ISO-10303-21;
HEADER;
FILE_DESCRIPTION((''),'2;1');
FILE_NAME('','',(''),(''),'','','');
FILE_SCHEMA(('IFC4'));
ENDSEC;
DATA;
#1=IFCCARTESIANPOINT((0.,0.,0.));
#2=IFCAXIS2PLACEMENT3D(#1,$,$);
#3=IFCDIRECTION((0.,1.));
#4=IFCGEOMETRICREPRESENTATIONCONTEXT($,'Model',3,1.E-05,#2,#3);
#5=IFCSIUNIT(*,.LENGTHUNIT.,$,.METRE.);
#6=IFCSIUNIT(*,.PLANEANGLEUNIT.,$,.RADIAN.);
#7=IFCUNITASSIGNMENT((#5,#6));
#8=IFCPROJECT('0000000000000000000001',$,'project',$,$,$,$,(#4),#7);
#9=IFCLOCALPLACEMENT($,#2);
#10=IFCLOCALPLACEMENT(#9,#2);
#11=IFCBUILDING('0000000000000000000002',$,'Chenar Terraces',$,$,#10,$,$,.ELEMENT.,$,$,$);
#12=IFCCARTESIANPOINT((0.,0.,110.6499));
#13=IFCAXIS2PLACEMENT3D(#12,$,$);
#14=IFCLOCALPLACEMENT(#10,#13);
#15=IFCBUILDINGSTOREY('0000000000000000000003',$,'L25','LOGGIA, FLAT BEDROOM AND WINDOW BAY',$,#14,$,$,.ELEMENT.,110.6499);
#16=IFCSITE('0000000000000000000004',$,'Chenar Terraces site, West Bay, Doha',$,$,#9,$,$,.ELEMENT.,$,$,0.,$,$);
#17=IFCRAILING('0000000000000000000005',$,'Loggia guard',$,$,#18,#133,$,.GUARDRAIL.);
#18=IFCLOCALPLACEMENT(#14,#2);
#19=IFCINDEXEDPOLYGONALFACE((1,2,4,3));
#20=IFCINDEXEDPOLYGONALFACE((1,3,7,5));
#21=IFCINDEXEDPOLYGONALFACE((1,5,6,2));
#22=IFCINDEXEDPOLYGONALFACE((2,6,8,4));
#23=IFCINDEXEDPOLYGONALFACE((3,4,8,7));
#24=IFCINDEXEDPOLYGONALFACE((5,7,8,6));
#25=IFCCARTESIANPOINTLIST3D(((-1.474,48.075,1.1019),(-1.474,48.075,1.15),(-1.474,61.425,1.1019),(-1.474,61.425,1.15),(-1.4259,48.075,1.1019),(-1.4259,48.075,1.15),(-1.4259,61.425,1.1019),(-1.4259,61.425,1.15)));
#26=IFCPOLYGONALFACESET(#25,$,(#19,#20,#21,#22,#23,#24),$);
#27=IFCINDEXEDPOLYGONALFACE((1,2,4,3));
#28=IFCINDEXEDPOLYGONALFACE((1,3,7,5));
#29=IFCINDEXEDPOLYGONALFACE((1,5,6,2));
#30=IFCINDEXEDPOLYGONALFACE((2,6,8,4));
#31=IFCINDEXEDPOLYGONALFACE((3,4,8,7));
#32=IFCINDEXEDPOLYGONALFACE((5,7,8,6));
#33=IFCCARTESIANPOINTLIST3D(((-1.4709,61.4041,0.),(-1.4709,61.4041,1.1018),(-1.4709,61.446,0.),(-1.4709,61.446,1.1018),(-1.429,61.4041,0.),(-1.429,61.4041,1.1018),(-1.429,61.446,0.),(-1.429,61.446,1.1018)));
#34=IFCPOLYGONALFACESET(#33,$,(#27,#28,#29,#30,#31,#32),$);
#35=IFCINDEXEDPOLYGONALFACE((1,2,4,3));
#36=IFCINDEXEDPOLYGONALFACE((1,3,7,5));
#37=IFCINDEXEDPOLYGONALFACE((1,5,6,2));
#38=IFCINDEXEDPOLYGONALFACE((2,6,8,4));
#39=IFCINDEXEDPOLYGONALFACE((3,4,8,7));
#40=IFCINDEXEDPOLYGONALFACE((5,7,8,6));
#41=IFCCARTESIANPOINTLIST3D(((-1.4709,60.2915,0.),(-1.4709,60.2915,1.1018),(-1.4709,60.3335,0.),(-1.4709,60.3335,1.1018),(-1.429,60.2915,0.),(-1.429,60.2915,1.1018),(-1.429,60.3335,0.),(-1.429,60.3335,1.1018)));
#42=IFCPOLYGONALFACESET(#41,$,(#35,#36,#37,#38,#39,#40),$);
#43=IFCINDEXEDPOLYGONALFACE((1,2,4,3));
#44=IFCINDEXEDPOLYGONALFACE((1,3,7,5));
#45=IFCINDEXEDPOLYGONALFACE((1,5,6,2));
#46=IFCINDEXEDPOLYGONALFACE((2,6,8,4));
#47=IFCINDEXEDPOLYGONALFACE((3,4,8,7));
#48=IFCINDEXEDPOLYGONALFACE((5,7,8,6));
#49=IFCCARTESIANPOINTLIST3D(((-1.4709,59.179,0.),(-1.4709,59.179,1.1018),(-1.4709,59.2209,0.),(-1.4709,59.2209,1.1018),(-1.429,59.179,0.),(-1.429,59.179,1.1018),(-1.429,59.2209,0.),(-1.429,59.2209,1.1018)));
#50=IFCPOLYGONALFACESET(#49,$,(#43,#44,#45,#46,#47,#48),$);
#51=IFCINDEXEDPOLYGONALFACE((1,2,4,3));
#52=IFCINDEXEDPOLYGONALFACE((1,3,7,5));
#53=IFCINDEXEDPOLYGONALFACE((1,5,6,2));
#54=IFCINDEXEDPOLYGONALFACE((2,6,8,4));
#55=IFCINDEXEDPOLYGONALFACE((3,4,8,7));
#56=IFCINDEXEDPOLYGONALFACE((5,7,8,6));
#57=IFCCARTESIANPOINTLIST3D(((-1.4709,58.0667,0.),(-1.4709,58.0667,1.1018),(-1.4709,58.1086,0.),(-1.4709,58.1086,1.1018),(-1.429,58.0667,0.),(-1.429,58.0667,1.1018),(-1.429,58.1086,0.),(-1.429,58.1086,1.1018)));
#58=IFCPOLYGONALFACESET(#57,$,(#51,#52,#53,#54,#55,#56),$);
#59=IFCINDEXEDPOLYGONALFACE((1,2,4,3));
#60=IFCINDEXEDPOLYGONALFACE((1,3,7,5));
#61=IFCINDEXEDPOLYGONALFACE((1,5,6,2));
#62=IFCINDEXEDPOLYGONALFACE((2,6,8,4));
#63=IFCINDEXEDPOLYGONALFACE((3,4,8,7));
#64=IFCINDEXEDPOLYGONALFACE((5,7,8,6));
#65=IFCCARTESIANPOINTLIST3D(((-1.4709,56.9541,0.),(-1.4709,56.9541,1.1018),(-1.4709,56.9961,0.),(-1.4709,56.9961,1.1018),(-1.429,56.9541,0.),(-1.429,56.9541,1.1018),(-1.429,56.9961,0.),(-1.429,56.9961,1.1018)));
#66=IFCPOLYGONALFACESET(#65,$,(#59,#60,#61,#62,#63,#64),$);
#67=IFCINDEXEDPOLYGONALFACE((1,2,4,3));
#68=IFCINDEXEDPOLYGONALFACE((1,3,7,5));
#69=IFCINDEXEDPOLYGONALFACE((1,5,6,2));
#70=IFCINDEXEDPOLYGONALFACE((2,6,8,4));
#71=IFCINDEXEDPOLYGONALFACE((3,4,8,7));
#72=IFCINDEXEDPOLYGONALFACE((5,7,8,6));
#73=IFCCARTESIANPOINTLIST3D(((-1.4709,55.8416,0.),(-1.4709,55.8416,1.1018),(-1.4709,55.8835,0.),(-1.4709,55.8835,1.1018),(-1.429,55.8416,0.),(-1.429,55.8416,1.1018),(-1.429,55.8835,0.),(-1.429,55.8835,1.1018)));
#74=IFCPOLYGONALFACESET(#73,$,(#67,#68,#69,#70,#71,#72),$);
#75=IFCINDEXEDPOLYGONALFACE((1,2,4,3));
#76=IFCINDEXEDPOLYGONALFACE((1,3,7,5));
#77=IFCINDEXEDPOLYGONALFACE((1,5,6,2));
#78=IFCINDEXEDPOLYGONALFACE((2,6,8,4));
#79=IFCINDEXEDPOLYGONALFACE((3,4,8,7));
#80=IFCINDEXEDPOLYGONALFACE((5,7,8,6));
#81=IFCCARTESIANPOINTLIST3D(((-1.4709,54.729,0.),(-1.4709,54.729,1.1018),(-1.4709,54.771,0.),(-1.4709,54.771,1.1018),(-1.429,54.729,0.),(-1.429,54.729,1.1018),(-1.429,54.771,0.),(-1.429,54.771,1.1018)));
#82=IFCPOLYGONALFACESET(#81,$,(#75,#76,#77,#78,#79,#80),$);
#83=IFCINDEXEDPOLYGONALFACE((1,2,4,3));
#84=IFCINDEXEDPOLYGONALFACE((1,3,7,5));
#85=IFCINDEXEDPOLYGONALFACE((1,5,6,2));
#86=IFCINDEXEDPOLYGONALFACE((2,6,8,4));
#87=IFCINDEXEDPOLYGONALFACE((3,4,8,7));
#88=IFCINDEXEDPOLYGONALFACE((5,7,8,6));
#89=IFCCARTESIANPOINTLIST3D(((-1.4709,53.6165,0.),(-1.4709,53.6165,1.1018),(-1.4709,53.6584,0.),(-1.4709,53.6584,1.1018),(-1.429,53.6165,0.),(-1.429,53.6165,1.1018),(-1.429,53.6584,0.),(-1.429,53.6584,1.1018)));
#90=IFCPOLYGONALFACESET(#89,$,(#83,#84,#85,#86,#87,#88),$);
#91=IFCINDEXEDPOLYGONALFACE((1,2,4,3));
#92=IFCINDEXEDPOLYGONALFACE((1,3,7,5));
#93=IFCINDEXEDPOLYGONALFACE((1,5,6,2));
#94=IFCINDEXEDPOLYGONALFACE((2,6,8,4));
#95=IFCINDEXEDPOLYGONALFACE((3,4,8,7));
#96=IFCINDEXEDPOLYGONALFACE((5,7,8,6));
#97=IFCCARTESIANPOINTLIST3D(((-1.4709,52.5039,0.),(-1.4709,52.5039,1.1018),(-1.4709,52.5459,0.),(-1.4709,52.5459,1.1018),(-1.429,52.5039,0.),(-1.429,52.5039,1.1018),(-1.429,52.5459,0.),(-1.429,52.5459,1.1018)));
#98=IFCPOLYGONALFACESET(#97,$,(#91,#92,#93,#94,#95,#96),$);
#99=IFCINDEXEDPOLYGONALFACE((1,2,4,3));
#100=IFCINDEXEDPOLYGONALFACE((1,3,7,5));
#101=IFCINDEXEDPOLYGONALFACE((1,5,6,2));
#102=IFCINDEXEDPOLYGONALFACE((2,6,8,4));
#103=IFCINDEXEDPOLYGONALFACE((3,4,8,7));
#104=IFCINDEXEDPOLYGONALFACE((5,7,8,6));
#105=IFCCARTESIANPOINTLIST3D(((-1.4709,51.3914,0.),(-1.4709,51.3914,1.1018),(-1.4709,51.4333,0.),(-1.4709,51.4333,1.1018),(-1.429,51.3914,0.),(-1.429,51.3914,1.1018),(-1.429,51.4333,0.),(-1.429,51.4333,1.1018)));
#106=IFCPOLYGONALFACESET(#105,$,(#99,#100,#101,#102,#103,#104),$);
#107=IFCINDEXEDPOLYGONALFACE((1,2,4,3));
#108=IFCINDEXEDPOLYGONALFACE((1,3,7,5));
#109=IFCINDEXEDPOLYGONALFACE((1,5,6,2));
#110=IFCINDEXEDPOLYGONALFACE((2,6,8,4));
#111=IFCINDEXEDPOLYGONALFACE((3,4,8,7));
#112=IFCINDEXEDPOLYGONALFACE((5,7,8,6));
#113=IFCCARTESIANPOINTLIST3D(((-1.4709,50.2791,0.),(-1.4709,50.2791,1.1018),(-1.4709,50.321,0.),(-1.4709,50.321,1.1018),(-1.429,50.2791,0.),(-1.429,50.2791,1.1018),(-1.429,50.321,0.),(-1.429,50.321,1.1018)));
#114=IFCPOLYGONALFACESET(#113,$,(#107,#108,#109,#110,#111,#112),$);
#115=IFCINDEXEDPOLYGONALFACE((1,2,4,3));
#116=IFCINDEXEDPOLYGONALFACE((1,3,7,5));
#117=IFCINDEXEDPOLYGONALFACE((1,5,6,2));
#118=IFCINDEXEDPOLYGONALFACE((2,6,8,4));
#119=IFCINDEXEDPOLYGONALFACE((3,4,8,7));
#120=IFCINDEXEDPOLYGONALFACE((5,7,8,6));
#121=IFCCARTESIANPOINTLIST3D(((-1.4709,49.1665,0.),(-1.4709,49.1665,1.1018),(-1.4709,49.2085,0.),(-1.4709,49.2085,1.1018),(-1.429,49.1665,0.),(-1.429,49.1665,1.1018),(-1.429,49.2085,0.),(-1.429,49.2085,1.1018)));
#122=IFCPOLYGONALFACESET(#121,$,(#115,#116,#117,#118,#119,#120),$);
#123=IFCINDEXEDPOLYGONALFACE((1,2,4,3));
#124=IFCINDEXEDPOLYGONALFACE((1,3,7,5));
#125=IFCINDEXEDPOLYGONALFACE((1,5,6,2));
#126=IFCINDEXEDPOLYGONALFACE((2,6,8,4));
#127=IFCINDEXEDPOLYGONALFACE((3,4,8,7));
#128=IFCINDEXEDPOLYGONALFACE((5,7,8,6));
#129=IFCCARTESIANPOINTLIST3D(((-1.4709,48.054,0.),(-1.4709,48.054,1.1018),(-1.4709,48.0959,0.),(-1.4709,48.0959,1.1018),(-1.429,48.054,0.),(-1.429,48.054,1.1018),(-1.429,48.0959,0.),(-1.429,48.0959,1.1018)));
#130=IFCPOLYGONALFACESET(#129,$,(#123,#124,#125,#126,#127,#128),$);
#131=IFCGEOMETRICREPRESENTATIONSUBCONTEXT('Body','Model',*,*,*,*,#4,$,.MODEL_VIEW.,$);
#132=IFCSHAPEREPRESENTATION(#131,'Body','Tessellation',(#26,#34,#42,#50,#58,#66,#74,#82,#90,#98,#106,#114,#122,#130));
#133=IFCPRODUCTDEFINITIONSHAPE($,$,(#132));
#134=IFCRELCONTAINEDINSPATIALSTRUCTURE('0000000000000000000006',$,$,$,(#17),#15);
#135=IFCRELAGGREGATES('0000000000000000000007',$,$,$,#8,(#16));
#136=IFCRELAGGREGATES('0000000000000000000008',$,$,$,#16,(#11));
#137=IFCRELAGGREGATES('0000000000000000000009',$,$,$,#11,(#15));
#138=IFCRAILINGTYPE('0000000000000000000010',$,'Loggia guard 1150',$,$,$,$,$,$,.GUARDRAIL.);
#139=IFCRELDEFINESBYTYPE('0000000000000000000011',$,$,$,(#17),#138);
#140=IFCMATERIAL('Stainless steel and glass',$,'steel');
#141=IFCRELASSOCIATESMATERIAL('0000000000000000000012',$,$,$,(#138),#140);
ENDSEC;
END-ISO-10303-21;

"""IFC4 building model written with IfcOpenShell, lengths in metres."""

from ifc_helpers import new_model, si_unit, direction, frame, origin, origin_2d, place, context, subcontext, project, spatial, rectangle, extrude, material, type_object, element, save


model = new_model("IFC4")

# Units and contexts
model_context = context("Model", 3, precision=1e-05, world=origin(), true_north=direction((0.0, 1.0)))
body_context = subcontext(model_context, "Body", "Model", "MODEL_VIEW")
ifc_project = project(units=[si_unit("LENGTHUNIT", "METRE"), si_unit("PLANEANGLEUNIT", "RADIAN")], contexts=[model_context])

# Site, building, storey
site_placement = place(None, origin())
site = spatial("IfcSite", under=ifc_project, at=site_placement, Name="Chenar Terraces site, West Bay, Doha", CompositionType="ELEMENT", RefElevation=0.0)
building_placement = place(site_placement, origin())
building = spatial("IfcBuilding", under=site, at=building_placement, Name="Chenar Terraces", CompositionType="ELEMENT")
storey_placement = place(building_placement, frame((0.0, 0.0, 110.6499)))
storey = spatial("IfcBuildingStorey", under=building, at=storey_placement, Name="L25", Description="LOGGIA, FLAT BEDROOM AND WINDOW BAY", CompositionType="ELEMENT", Elevation=110.6499)

# Railing
ifc_material_1 = material(Name="Stainless steel and glass", Category="steel")
railing_type = type_object("IfcRailingType", Name="Loggia guard 1150", PredefinedType="GUARDRAIL", material=ifc_material_1)
railing_1_placement = place(storey_placement, frame((-1.45, 61.425, 0.0)))
element("IfcRailing", 1, at=railing_1_placement, inside=storey, type_object=railing_type, Name="Loggia guard", PredefinedType="GUARDRAIL", context=body_context, shape_type="SweptSolid", body=[
    extrude(rectangle(XDim=0.0481, YDim=0.0481, at=origin_2d()), frame((0.0, 0.0, 1.126), z_axis=(0.0, -1.0, 0.0), x_axis=(1.0, 0.0, 0.0)), (0.0, 0.0, 1.0), 13.3501),
    extrude(rectangle(XDim=0.042, YDim=0.042, at=origin_2d()), origin(), (0.0, 0.0, 1.0), 1.1018),
    extrude(rectangle(XDim=0.042, YDim=0.042, at=origin_2d()), frame((0.0, -1.1125, 0.0)), (0.0, 0.0, 1.0), 1.1018),
    extrude(rectangle(XDim=0.042, YDim=0.042, at=origin_2d()), frame((0.0, -2.2251, 0.0)), (0.0, 0.0, 1.0), 1.1018),
    extrude(rectangle(XDim=0.042, YDim=0.042, at=origin_2d()), frame((0.0, -3.3374, 0.0)), (0.0, 0.0, 1.0), 1.1018),
    extrude(rectangle(XDim=0.042, YDim=0.042, at=origin_2d()), frame((0.0, -4.45, 0.0)), (0.0, 0.0, 1.0), 1.1018),
    extrude(rectangle(XDim=0.042, YDim=0.042, at=origin_2d()), frame((0.0, -5.5625, 0.0)), (0.0, 0.0, 1.0), 1.1018),
    extrude(rectangle(XDim=0.042, YDim=0.042, at=origin_2d()), frame((0.0, -6.675, 0.0)), (0.0, 0.0, 1.0), 1.1018),
    extrude(rectangle(XDim=0.042, YDim=0.042, at=origin_2d()), frame((0.0, -7.7876, 0.0)), (0.0, 0.0, 1.0), 1.1018),
    extrude(rectangle(XDim=0.042, YDim=0.042, at=origin_2d()), frame((0.0, -8.9001, 0.0)), (0.0, 0.0, 1.0), 1.1018),
    extrude(rectangle(XDim=0.042, YDim=0.042, at=origin_2d()), frame((0.0, -10.0127, 0.0)), (0.0, 0.0, 1.0), 1.1018),
    extrude(rectangle(XDim=0.042, YDim=0.042, at=origin_2d()), frame((0.0, -11.125, 0.0)), (0.0, 0.0, 1.0), 1.1018),
    extrude(rectangle(XDim=0.042, YDim=0.042, at=origin_2d()), frame((0.0, -12.2375, 0.0)), (0.0, 0.0, 1.0), 1.1018),
    extrude(rectangle(XDim=0.042, YDim=0.042, at=origin_2d()), frame((0.0, -13.3501, 0.0)), (0.0, 0.0, 1.0), 1.1018),
])

save(model, "model.ifc")
